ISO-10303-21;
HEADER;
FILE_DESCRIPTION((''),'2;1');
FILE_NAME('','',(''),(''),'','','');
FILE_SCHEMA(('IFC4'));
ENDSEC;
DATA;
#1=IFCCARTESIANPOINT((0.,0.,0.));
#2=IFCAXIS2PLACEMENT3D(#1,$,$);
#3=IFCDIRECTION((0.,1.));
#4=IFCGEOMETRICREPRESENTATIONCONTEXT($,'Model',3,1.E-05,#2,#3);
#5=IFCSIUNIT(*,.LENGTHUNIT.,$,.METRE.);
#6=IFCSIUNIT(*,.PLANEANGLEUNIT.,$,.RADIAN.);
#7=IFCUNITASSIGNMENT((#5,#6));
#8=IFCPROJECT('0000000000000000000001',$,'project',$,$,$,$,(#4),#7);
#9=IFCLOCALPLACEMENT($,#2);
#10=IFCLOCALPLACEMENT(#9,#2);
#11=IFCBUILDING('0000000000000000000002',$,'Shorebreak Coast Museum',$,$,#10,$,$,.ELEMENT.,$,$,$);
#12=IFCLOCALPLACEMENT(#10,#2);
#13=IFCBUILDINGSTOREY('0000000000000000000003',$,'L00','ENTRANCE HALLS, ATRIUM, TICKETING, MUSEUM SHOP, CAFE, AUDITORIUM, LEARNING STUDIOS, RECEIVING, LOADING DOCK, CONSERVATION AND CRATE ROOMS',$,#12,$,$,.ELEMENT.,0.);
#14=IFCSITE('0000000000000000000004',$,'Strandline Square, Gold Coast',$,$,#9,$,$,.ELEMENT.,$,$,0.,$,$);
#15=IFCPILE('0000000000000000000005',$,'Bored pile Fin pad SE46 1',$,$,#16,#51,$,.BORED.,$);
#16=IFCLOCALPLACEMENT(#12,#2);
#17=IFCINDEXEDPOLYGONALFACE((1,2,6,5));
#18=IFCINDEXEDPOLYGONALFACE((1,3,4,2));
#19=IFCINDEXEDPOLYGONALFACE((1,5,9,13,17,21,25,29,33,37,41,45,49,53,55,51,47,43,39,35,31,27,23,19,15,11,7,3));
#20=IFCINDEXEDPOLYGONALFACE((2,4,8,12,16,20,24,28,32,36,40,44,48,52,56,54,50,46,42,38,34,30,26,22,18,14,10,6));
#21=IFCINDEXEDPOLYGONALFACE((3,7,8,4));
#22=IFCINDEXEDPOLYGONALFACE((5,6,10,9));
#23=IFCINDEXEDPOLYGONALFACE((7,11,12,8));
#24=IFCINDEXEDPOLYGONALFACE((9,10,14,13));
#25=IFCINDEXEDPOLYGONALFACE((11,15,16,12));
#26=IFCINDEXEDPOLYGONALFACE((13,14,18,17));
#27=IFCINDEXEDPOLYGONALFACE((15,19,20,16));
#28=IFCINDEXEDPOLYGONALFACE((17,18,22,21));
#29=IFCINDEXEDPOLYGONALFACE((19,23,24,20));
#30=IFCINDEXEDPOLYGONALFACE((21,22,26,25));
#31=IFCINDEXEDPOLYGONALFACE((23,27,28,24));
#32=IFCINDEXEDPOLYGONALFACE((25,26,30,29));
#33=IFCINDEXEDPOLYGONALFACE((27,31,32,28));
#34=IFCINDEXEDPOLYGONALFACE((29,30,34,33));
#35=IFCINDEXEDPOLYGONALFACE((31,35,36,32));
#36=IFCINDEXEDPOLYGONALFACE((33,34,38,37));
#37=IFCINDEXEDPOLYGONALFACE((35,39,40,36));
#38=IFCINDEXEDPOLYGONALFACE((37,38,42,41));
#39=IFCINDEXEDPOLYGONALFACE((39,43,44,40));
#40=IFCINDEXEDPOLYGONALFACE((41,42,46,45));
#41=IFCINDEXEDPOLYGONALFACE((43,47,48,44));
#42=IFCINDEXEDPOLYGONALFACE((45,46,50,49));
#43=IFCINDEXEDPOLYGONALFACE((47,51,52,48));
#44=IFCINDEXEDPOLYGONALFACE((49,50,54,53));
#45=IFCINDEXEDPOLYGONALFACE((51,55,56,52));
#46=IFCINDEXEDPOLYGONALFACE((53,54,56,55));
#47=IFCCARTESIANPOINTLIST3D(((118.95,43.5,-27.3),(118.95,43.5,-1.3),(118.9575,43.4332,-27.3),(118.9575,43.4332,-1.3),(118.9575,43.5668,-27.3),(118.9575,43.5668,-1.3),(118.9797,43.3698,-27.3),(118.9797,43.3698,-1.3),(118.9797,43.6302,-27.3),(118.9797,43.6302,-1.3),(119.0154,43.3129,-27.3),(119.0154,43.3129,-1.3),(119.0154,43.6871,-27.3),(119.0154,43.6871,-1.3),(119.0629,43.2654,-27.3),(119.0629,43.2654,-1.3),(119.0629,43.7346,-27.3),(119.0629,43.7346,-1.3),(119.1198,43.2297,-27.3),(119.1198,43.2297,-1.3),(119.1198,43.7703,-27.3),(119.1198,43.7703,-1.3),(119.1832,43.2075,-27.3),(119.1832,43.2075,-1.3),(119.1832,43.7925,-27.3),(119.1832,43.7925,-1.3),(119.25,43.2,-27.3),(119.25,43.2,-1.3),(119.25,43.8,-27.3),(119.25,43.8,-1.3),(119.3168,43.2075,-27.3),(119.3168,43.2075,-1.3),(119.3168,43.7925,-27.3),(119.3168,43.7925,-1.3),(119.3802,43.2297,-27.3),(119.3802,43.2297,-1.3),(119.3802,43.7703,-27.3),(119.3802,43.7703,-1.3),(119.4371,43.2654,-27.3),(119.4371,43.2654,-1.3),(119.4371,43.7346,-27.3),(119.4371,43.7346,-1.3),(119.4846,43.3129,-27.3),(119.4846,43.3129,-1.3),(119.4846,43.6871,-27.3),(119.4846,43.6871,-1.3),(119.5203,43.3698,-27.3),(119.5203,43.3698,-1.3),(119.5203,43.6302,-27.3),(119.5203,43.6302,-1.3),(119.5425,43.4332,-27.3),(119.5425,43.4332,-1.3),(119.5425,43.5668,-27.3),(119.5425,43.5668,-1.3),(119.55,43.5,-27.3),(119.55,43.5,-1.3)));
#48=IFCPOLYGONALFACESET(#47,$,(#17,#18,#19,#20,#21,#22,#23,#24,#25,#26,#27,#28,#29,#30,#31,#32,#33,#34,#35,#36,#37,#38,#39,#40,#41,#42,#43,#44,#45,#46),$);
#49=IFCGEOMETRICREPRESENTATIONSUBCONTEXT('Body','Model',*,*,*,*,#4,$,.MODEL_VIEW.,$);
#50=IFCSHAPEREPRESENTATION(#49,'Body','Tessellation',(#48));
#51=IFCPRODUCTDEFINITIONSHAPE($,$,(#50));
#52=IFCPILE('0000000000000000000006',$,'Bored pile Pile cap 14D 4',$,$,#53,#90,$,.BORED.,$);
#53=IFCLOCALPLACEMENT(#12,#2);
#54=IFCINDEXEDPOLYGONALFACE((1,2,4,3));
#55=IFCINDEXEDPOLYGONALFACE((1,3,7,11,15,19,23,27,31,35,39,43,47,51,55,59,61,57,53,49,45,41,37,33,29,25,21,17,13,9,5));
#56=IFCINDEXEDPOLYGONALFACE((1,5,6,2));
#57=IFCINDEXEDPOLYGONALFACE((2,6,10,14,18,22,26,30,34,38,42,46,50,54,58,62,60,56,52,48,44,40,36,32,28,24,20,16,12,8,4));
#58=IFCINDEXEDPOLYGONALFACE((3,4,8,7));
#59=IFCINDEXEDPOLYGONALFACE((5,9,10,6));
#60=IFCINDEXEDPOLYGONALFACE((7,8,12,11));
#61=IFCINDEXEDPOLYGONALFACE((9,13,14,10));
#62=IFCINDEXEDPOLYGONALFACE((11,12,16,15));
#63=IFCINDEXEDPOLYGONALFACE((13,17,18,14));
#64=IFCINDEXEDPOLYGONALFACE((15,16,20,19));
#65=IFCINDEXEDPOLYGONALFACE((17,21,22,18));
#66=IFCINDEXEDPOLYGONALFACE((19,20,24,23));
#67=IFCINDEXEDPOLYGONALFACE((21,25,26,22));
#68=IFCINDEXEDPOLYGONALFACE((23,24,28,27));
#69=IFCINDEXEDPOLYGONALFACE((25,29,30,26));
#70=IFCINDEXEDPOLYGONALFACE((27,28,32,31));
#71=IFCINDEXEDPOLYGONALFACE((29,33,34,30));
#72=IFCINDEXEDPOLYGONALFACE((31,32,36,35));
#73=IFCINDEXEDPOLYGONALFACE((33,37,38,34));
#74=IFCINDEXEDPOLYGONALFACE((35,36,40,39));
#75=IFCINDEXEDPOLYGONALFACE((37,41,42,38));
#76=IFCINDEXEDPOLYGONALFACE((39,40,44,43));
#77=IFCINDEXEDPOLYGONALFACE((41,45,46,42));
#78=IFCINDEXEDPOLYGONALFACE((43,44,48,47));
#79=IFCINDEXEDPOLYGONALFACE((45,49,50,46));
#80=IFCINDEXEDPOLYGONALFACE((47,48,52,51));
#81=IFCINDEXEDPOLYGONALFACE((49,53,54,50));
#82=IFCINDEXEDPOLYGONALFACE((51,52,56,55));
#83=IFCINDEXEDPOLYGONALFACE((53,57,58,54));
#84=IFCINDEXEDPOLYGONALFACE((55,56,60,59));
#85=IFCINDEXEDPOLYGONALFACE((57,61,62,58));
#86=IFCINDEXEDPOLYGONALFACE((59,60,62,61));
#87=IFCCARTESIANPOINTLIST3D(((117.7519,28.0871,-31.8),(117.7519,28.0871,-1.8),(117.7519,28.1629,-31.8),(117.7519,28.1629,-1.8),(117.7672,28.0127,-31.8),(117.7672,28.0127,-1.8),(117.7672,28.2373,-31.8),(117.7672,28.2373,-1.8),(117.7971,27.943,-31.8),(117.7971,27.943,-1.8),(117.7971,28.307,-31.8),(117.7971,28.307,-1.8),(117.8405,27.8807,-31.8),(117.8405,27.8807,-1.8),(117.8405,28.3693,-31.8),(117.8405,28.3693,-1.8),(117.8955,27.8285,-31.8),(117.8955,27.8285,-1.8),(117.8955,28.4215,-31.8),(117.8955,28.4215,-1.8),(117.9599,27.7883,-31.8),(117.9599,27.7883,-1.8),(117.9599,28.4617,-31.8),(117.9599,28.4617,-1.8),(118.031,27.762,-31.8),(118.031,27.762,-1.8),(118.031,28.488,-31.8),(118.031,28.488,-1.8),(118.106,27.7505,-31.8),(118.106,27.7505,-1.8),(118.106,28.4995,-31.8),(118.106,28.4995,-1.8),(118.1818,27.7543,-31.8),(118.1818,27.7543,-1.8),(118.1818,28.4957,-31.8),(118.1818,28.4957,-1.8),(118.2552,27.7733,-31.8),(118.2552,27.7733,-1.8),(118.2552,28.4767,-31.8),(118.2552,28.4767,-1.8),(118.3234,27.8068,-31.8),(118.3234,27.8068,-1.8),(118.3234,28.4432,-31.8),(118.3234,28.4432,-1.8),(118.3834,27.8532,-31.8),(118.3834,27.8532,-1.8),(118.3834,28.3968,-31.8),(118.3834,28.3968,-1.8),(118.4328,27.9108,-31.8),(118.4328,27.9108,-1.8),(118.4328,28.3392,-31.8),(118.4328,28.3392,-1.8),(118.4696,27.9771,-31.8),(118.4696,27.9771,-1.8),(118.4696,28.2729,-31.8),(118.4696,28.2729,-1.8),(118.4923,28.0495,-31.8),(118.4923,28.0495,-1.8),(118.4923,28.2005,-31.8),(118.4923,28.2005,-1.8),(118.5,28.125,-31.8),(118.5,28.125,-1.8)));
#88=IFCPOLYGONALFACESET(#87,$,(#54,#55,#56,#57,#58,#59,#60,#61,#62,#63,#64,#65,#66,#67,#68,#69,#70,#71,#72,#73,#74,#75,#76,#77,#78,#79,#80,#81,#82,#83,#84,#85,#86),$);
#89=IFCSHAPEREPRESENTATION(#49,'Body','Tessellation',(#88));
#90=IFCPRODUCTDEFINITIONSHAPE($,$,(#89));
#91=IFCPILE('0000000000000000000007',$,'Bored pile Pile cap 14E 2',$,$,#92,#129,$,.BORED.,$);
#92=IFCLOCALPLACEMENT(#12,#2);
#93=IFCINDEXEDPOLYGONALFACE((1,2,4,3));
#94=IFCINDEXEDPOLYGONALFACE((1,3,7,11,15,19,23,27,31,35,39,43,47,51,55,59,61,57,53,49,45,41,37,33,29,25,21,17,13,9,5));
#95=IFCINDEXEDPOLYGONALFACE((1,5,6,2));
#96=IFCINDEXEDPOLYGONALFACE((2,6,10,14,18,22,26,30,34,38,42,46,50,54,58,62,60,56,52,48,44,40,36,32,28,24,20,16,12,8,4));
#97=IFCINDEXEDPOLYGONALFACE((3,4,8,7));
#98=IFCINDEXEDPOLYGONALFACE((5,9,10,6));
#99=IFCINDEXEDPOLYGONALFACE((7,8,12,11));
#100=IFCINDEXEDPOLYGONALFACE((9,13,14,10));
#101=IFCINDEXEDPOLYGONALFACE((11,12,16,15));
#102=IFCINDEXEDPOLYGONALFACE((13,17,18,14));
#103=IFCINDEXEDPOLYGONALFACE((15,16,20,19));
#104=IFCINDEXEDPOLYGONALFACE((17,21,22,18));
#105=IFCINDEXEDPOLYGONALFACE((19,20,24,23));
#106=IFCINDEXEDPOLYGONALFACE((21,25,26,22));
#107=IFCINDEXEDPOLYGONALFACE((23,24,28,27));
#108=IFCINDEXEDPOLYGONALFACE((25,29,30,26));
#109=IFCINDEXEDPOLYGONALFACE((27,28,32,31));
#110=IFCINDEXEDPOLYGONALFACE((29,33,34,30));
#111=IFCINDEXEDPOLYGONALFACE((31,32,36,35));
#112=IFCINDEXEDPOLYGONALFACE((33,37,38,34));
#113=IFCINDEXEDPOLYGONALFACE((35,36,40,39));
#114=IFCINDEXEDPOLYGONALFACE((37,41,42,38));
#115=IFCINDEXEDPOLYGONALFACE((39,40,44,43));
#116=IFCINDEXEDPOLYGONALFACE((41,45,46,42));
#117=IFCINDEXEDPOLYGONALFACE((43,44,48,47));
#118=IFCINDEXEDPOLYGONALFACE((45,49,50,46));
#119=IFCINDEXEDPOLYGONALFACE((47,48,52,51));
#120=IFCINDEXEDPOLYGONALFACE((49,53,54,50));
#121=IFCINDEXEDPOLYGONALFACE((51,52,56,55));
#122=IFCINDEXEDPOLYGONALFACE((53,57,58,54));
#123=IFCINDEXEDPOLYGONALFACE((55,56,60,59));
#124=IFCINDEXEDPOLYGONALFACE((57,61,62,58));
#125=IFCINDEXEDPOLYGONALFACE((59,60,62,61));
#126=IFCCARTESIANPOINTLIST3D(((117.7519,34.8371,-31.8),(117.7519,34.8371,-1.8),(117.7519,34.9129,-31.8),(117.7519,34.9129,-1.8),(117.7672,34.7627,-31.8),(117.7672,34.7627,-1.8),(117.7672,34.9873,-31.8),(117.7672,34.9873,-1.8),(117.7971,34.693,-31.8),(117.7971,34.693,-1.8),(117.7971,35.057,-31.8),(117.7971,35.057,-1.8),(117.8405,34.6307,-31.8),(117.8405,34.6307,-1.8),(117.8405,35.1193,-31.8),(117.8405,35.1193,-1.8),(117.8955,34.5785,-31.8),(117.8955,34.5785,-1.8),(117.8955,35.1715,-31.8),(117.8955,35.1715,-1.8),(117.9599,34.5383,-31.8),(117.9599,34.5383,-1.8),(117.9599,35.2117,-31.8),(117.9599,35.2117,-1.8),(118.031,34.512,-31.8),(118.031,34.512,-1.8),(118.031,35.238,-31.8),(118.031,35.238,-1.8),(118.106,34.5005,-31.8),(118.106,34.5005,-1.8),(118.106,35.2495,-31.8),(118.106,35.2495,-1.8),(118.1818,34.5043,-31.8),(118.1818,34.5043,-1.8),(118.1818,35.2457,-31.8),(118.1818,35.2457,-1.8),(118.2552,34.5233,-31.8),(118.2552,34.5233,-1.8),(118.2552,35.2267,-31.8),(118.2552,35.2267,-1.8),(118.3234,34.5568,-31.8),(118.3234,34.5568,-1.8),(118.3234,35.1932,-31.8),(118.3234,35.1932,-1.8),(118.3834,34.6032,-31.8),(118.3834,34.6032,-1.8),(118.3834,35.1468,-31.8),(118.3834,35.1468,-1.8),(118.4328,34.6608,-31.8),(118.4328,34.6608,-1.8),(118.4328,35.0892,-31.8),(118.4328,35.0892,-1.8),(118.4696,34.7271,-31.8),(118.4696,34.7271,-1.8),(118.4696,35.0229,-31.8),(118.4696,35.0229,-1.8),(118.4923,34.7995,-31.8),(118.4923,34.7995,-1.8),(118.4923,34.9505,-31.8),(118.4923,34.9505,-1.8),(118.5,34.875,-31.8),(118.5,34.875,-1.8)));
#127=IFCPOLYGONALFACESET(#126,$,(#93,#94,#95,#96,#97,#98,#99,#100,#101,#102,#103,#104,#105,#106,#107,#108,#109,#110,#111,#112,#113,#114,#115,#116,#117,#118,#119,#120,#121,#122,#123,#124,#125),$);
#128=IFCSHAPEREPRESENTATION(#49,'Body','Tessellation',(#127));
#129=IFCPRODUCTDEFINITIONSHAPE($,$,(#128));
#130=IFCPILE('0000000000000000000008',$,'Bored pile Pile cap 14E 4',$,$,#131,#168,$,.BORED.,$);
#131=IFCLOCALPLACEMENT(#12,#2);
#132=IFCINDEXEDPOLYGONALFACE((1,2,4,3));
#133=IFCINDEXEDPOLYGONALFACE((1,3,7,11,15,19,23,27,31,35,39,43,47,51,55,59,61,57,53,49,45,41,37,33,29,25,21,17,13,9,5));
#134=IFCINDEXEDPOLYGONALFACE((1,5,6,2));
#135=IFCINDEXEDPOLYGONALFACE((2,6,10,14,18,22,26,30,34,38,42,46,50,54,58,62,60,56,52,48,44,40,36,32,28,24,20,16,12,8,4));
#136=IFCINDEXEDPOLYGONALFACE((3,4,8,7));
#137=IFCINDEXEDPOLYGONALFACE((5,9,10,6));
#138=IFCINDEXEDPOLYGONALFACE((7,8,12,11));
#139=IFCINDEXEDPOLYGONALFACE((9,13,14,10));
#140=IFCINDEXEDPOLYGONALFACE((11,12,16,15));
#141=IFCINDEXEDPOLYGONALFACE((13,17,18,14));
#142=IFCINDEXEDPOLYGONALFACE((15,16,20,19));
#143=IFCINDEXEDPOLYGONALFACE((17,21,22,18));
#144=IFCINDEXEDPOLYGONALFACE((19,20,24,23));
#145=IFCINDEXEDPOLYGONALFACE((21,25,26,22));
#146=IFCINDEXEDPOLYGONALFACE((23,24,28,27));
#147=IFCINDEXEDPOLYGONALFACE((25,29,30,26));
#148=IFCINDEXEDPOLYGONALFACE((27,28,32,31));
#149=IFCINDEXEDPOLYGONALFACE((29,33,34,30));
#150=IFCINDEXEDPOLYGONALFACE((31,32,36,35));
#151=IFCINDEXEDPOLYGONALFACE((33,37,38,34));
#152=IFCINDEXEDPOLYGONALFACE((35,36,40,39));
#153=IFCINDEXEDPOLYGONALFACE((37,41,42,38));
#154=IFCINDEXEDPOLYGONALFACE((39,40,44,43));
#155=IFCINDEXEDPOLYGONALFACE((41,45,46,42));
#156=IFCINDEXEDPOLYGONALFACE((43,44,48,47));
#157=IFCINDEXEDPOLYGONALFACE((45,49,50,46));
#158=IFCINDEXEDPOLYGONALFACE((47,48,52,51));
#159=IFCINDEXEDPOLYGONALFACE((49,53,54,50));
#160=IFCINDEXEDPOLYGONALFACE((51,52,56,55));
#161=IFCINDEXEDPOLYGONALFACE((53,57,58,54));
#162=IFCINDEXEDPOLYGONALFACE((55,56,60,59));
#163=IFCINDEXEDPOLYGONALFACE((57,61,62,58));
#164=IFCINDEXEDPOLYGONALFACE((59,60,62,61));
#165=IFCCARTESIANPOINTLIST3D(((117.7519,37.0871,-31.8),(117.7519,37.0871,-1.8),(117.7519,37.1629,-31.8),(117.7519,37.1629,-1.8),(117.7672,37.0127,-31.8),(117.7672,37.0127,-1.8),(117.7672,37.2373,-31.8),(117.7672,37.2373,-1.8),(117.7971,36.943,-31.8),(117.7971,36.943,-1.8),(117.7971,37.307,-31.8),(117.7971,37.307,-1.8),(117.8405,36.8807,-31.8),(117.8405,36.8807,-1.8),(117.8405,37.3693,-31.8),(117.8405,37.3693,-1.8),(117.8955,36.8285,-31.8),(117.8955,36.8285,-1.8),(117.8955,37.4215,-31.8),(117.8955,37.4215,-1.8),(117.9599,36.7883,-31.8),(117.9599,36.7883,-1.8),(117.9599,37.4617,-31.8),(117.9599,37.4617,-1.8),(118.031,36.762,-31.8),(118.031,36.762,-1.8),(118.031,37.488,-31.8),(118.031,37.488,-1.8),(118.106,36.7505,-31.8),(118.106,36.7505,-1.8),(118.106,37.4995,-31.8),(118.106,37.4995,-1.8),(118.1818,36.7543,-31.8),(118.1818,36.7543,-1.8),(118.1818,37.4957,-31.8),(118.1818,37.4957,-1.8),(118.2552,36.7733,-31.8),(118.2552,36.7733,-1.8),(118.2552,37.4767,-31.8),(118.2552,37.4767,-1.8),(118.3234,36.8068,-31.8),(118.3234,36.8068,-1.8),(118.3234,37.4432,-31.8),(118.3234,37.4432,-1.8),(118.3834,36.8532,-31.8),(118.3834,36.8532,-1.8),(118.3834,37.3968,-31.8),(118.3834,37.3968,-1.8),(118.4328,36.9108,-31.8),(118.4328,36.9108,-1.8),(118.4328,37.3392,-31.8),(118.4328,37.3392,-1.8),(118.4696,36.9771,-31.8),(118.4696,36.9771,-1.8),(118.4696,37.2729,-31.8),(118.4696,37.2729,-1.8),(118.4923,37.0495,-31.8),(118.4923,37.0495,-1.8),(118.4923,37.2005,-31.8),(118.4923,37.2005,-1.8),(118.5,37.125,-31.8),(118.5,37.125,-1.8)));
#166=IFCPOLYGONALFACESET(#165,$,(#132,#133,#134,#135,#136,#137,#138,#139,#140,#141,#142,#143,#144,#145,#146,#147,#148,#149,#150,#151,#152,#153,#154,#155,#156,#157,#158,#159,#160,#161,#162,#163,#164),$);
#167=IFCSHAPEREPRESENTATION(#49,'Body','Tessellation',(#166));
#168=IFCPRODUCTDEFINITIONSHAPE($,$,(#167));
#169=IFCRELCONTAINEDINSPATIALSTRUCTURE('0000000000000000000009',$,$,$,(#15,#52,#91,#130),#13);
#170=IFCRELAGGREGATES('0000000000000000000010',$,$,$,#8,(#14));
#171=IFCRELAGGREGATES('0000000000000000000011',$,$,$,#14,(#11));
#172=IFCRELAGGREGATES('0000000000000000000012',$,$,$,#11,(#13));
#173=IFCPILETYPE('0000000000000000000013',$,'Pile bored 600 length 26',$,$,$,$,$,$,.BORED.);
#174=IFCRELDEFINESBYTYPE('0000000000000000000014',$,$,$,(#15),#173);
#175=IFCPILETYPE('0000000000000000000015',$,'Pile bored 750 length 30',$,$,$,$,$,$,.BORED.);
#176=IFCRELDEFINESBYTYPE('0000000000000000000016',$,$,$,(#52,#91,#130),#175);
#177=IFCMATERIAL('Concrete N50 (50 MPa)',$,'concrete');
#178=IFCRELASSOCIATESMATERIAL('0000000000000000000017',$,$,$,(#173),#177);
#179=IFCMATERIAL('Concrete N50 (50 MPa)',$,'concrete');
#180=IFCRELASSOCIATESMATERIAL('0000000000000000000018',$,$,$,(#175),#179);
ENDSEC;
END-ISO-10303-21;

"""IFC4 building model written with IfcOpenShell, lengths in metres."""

from ifc_helpers import new_model, si_unit, direction, frame, origin, origin_2d, place, context, subcontext, project, spatial, circle, extrude, material, material_profile, profile_set, type_object, element, save


model = new_model("IFC4")

# Units and contexts
model_context = context("Model", 3, precision=1e-05, world=origin(), true_north=direction((0.0, 1.0)))
body_context = subcontext(model_context, "Body", "Model", "MODEL_VIEW")
ifc_project = project(units=[si_unit("LENGTHUNIT", "METRE"), si_unit("PLANEANGLEUNIT", "RADIAN")], contexts=[model_context])

# Site, building, storey
site_placement = place(None, origin())
site = spatial("IfcSite", under=ifc_project, at=site_placement, Name="Strandline Square, Gold Coast", CompositionType="ELEMENT", RefElevation=0.0)
building_placement = place(site_placement, origin())
building = spatial("IfcBuilding", under=site, at=building_placement, Name="Shorebreak Coast Museum", CompositionType="ELEMENT")
storey_placement = place(building_placement, origin())
storey = spatial("IfcBuildingStorey", under=building, at=storey_placement, Name="L00", Description="ENTRANCE HALLS, ATRIUM, TICKETING, MUSEUM SHOP, CAFE, AUDITORIUM, LEARNING STUDIOS, RECEIVING, LOADING DOCK, CONSERVATION AND CRATE ROOMS", CompositionType="ELEMENT", Elevation=0.0)

# Piles
ifc_material_1 = material(Name="Concrete N50 (50 MPa)", Category="concrete")
ifc_material_profile_1 = material_profile(ifc_material_1, circle(Radius=0.3, at=origin_2d()), Name="Pile bored 600 length 26")
ifc_profile_set_1 = profile_set([ifc_material_profile_1], Name="Concrete N50 (50 MPa)")
pile_type_1 = type_object("IfcPileType", Name="Pile bored 600 length 26", PredefinedType="BORED", material=ifc_profile_set_1)
for number, where, z_axis, x_axis, name in (
    (1, (119.25, 43.5, -1.3), (0.0, 0.0, -1.0), (1.0, 0.0, 0.0), "Bored pile Fin pad SE46 1"),
):
    element("IfcPile", number, at=place(storey_placement, frame(where, z_axis=z_axis, x_axis=x_axis)), inside=storey, type_object=pile_type_1, Name=name, PredefinedType="BORED", context=body_context, shape_type="SweptSolid", body=[
        extrude(circle(Radius=0.3, at=origin_2d()), origin(), (0.0, 0.0, 1.0), 26.0),
    ])
ifc_material_2 = material(Name="Concrete N50 (50 MPa)", Category="concrete")
ifc_material_profile_2 = material_profile(ifc_material_2, circle(Radius=0.375, at=origin_2d()), Name="Pile bored 750 length 30")
ifc_profile_set_2 = profile_set([ifc_material_profile_2], Name="Concrete N50 (50 MPa)")
pile_type_2 = type_object("IfcPileType", Name="Pile bored 750 length 30", PredefinedType="BORED", material=ifc_profile_set_2)
for number, where, z_axis, x_axis, name in (
    (2, (118.125, 28.125, -1.8), (0.0, 0.0, -1.0), (1.0, 0.0, 0.0), "Bored pile Pile cap 14D 4"),
    (3, (118.125, 34.875, -1.8), (0.0, 0.0, -1.0), (1.0, 0.0, 0.0), "Bored pile Pile cap 14E 2"),
    (4, (118.125, 37.125, -1.8), (0.0, 0.0, -1.0), (1.0, 0.0, 0.0), "Bored pile Pile cap 14E 4"),
):
    element("IfcPile", number, at=place(storey_placement, frame(where, z_axis=z_axis, x_axis=x_axis)), inside=storey, type_object=pile_type_2, Name=name, PredefinedType="BORED", context=body_context, shape_type="SweptSolid", body=[
        extrude(circle(Radius=0.375, at=origin_2d()), origin(), (0.0, 0.0, 1.0), 30.0),
    ])

save(model, "model.ifc")
